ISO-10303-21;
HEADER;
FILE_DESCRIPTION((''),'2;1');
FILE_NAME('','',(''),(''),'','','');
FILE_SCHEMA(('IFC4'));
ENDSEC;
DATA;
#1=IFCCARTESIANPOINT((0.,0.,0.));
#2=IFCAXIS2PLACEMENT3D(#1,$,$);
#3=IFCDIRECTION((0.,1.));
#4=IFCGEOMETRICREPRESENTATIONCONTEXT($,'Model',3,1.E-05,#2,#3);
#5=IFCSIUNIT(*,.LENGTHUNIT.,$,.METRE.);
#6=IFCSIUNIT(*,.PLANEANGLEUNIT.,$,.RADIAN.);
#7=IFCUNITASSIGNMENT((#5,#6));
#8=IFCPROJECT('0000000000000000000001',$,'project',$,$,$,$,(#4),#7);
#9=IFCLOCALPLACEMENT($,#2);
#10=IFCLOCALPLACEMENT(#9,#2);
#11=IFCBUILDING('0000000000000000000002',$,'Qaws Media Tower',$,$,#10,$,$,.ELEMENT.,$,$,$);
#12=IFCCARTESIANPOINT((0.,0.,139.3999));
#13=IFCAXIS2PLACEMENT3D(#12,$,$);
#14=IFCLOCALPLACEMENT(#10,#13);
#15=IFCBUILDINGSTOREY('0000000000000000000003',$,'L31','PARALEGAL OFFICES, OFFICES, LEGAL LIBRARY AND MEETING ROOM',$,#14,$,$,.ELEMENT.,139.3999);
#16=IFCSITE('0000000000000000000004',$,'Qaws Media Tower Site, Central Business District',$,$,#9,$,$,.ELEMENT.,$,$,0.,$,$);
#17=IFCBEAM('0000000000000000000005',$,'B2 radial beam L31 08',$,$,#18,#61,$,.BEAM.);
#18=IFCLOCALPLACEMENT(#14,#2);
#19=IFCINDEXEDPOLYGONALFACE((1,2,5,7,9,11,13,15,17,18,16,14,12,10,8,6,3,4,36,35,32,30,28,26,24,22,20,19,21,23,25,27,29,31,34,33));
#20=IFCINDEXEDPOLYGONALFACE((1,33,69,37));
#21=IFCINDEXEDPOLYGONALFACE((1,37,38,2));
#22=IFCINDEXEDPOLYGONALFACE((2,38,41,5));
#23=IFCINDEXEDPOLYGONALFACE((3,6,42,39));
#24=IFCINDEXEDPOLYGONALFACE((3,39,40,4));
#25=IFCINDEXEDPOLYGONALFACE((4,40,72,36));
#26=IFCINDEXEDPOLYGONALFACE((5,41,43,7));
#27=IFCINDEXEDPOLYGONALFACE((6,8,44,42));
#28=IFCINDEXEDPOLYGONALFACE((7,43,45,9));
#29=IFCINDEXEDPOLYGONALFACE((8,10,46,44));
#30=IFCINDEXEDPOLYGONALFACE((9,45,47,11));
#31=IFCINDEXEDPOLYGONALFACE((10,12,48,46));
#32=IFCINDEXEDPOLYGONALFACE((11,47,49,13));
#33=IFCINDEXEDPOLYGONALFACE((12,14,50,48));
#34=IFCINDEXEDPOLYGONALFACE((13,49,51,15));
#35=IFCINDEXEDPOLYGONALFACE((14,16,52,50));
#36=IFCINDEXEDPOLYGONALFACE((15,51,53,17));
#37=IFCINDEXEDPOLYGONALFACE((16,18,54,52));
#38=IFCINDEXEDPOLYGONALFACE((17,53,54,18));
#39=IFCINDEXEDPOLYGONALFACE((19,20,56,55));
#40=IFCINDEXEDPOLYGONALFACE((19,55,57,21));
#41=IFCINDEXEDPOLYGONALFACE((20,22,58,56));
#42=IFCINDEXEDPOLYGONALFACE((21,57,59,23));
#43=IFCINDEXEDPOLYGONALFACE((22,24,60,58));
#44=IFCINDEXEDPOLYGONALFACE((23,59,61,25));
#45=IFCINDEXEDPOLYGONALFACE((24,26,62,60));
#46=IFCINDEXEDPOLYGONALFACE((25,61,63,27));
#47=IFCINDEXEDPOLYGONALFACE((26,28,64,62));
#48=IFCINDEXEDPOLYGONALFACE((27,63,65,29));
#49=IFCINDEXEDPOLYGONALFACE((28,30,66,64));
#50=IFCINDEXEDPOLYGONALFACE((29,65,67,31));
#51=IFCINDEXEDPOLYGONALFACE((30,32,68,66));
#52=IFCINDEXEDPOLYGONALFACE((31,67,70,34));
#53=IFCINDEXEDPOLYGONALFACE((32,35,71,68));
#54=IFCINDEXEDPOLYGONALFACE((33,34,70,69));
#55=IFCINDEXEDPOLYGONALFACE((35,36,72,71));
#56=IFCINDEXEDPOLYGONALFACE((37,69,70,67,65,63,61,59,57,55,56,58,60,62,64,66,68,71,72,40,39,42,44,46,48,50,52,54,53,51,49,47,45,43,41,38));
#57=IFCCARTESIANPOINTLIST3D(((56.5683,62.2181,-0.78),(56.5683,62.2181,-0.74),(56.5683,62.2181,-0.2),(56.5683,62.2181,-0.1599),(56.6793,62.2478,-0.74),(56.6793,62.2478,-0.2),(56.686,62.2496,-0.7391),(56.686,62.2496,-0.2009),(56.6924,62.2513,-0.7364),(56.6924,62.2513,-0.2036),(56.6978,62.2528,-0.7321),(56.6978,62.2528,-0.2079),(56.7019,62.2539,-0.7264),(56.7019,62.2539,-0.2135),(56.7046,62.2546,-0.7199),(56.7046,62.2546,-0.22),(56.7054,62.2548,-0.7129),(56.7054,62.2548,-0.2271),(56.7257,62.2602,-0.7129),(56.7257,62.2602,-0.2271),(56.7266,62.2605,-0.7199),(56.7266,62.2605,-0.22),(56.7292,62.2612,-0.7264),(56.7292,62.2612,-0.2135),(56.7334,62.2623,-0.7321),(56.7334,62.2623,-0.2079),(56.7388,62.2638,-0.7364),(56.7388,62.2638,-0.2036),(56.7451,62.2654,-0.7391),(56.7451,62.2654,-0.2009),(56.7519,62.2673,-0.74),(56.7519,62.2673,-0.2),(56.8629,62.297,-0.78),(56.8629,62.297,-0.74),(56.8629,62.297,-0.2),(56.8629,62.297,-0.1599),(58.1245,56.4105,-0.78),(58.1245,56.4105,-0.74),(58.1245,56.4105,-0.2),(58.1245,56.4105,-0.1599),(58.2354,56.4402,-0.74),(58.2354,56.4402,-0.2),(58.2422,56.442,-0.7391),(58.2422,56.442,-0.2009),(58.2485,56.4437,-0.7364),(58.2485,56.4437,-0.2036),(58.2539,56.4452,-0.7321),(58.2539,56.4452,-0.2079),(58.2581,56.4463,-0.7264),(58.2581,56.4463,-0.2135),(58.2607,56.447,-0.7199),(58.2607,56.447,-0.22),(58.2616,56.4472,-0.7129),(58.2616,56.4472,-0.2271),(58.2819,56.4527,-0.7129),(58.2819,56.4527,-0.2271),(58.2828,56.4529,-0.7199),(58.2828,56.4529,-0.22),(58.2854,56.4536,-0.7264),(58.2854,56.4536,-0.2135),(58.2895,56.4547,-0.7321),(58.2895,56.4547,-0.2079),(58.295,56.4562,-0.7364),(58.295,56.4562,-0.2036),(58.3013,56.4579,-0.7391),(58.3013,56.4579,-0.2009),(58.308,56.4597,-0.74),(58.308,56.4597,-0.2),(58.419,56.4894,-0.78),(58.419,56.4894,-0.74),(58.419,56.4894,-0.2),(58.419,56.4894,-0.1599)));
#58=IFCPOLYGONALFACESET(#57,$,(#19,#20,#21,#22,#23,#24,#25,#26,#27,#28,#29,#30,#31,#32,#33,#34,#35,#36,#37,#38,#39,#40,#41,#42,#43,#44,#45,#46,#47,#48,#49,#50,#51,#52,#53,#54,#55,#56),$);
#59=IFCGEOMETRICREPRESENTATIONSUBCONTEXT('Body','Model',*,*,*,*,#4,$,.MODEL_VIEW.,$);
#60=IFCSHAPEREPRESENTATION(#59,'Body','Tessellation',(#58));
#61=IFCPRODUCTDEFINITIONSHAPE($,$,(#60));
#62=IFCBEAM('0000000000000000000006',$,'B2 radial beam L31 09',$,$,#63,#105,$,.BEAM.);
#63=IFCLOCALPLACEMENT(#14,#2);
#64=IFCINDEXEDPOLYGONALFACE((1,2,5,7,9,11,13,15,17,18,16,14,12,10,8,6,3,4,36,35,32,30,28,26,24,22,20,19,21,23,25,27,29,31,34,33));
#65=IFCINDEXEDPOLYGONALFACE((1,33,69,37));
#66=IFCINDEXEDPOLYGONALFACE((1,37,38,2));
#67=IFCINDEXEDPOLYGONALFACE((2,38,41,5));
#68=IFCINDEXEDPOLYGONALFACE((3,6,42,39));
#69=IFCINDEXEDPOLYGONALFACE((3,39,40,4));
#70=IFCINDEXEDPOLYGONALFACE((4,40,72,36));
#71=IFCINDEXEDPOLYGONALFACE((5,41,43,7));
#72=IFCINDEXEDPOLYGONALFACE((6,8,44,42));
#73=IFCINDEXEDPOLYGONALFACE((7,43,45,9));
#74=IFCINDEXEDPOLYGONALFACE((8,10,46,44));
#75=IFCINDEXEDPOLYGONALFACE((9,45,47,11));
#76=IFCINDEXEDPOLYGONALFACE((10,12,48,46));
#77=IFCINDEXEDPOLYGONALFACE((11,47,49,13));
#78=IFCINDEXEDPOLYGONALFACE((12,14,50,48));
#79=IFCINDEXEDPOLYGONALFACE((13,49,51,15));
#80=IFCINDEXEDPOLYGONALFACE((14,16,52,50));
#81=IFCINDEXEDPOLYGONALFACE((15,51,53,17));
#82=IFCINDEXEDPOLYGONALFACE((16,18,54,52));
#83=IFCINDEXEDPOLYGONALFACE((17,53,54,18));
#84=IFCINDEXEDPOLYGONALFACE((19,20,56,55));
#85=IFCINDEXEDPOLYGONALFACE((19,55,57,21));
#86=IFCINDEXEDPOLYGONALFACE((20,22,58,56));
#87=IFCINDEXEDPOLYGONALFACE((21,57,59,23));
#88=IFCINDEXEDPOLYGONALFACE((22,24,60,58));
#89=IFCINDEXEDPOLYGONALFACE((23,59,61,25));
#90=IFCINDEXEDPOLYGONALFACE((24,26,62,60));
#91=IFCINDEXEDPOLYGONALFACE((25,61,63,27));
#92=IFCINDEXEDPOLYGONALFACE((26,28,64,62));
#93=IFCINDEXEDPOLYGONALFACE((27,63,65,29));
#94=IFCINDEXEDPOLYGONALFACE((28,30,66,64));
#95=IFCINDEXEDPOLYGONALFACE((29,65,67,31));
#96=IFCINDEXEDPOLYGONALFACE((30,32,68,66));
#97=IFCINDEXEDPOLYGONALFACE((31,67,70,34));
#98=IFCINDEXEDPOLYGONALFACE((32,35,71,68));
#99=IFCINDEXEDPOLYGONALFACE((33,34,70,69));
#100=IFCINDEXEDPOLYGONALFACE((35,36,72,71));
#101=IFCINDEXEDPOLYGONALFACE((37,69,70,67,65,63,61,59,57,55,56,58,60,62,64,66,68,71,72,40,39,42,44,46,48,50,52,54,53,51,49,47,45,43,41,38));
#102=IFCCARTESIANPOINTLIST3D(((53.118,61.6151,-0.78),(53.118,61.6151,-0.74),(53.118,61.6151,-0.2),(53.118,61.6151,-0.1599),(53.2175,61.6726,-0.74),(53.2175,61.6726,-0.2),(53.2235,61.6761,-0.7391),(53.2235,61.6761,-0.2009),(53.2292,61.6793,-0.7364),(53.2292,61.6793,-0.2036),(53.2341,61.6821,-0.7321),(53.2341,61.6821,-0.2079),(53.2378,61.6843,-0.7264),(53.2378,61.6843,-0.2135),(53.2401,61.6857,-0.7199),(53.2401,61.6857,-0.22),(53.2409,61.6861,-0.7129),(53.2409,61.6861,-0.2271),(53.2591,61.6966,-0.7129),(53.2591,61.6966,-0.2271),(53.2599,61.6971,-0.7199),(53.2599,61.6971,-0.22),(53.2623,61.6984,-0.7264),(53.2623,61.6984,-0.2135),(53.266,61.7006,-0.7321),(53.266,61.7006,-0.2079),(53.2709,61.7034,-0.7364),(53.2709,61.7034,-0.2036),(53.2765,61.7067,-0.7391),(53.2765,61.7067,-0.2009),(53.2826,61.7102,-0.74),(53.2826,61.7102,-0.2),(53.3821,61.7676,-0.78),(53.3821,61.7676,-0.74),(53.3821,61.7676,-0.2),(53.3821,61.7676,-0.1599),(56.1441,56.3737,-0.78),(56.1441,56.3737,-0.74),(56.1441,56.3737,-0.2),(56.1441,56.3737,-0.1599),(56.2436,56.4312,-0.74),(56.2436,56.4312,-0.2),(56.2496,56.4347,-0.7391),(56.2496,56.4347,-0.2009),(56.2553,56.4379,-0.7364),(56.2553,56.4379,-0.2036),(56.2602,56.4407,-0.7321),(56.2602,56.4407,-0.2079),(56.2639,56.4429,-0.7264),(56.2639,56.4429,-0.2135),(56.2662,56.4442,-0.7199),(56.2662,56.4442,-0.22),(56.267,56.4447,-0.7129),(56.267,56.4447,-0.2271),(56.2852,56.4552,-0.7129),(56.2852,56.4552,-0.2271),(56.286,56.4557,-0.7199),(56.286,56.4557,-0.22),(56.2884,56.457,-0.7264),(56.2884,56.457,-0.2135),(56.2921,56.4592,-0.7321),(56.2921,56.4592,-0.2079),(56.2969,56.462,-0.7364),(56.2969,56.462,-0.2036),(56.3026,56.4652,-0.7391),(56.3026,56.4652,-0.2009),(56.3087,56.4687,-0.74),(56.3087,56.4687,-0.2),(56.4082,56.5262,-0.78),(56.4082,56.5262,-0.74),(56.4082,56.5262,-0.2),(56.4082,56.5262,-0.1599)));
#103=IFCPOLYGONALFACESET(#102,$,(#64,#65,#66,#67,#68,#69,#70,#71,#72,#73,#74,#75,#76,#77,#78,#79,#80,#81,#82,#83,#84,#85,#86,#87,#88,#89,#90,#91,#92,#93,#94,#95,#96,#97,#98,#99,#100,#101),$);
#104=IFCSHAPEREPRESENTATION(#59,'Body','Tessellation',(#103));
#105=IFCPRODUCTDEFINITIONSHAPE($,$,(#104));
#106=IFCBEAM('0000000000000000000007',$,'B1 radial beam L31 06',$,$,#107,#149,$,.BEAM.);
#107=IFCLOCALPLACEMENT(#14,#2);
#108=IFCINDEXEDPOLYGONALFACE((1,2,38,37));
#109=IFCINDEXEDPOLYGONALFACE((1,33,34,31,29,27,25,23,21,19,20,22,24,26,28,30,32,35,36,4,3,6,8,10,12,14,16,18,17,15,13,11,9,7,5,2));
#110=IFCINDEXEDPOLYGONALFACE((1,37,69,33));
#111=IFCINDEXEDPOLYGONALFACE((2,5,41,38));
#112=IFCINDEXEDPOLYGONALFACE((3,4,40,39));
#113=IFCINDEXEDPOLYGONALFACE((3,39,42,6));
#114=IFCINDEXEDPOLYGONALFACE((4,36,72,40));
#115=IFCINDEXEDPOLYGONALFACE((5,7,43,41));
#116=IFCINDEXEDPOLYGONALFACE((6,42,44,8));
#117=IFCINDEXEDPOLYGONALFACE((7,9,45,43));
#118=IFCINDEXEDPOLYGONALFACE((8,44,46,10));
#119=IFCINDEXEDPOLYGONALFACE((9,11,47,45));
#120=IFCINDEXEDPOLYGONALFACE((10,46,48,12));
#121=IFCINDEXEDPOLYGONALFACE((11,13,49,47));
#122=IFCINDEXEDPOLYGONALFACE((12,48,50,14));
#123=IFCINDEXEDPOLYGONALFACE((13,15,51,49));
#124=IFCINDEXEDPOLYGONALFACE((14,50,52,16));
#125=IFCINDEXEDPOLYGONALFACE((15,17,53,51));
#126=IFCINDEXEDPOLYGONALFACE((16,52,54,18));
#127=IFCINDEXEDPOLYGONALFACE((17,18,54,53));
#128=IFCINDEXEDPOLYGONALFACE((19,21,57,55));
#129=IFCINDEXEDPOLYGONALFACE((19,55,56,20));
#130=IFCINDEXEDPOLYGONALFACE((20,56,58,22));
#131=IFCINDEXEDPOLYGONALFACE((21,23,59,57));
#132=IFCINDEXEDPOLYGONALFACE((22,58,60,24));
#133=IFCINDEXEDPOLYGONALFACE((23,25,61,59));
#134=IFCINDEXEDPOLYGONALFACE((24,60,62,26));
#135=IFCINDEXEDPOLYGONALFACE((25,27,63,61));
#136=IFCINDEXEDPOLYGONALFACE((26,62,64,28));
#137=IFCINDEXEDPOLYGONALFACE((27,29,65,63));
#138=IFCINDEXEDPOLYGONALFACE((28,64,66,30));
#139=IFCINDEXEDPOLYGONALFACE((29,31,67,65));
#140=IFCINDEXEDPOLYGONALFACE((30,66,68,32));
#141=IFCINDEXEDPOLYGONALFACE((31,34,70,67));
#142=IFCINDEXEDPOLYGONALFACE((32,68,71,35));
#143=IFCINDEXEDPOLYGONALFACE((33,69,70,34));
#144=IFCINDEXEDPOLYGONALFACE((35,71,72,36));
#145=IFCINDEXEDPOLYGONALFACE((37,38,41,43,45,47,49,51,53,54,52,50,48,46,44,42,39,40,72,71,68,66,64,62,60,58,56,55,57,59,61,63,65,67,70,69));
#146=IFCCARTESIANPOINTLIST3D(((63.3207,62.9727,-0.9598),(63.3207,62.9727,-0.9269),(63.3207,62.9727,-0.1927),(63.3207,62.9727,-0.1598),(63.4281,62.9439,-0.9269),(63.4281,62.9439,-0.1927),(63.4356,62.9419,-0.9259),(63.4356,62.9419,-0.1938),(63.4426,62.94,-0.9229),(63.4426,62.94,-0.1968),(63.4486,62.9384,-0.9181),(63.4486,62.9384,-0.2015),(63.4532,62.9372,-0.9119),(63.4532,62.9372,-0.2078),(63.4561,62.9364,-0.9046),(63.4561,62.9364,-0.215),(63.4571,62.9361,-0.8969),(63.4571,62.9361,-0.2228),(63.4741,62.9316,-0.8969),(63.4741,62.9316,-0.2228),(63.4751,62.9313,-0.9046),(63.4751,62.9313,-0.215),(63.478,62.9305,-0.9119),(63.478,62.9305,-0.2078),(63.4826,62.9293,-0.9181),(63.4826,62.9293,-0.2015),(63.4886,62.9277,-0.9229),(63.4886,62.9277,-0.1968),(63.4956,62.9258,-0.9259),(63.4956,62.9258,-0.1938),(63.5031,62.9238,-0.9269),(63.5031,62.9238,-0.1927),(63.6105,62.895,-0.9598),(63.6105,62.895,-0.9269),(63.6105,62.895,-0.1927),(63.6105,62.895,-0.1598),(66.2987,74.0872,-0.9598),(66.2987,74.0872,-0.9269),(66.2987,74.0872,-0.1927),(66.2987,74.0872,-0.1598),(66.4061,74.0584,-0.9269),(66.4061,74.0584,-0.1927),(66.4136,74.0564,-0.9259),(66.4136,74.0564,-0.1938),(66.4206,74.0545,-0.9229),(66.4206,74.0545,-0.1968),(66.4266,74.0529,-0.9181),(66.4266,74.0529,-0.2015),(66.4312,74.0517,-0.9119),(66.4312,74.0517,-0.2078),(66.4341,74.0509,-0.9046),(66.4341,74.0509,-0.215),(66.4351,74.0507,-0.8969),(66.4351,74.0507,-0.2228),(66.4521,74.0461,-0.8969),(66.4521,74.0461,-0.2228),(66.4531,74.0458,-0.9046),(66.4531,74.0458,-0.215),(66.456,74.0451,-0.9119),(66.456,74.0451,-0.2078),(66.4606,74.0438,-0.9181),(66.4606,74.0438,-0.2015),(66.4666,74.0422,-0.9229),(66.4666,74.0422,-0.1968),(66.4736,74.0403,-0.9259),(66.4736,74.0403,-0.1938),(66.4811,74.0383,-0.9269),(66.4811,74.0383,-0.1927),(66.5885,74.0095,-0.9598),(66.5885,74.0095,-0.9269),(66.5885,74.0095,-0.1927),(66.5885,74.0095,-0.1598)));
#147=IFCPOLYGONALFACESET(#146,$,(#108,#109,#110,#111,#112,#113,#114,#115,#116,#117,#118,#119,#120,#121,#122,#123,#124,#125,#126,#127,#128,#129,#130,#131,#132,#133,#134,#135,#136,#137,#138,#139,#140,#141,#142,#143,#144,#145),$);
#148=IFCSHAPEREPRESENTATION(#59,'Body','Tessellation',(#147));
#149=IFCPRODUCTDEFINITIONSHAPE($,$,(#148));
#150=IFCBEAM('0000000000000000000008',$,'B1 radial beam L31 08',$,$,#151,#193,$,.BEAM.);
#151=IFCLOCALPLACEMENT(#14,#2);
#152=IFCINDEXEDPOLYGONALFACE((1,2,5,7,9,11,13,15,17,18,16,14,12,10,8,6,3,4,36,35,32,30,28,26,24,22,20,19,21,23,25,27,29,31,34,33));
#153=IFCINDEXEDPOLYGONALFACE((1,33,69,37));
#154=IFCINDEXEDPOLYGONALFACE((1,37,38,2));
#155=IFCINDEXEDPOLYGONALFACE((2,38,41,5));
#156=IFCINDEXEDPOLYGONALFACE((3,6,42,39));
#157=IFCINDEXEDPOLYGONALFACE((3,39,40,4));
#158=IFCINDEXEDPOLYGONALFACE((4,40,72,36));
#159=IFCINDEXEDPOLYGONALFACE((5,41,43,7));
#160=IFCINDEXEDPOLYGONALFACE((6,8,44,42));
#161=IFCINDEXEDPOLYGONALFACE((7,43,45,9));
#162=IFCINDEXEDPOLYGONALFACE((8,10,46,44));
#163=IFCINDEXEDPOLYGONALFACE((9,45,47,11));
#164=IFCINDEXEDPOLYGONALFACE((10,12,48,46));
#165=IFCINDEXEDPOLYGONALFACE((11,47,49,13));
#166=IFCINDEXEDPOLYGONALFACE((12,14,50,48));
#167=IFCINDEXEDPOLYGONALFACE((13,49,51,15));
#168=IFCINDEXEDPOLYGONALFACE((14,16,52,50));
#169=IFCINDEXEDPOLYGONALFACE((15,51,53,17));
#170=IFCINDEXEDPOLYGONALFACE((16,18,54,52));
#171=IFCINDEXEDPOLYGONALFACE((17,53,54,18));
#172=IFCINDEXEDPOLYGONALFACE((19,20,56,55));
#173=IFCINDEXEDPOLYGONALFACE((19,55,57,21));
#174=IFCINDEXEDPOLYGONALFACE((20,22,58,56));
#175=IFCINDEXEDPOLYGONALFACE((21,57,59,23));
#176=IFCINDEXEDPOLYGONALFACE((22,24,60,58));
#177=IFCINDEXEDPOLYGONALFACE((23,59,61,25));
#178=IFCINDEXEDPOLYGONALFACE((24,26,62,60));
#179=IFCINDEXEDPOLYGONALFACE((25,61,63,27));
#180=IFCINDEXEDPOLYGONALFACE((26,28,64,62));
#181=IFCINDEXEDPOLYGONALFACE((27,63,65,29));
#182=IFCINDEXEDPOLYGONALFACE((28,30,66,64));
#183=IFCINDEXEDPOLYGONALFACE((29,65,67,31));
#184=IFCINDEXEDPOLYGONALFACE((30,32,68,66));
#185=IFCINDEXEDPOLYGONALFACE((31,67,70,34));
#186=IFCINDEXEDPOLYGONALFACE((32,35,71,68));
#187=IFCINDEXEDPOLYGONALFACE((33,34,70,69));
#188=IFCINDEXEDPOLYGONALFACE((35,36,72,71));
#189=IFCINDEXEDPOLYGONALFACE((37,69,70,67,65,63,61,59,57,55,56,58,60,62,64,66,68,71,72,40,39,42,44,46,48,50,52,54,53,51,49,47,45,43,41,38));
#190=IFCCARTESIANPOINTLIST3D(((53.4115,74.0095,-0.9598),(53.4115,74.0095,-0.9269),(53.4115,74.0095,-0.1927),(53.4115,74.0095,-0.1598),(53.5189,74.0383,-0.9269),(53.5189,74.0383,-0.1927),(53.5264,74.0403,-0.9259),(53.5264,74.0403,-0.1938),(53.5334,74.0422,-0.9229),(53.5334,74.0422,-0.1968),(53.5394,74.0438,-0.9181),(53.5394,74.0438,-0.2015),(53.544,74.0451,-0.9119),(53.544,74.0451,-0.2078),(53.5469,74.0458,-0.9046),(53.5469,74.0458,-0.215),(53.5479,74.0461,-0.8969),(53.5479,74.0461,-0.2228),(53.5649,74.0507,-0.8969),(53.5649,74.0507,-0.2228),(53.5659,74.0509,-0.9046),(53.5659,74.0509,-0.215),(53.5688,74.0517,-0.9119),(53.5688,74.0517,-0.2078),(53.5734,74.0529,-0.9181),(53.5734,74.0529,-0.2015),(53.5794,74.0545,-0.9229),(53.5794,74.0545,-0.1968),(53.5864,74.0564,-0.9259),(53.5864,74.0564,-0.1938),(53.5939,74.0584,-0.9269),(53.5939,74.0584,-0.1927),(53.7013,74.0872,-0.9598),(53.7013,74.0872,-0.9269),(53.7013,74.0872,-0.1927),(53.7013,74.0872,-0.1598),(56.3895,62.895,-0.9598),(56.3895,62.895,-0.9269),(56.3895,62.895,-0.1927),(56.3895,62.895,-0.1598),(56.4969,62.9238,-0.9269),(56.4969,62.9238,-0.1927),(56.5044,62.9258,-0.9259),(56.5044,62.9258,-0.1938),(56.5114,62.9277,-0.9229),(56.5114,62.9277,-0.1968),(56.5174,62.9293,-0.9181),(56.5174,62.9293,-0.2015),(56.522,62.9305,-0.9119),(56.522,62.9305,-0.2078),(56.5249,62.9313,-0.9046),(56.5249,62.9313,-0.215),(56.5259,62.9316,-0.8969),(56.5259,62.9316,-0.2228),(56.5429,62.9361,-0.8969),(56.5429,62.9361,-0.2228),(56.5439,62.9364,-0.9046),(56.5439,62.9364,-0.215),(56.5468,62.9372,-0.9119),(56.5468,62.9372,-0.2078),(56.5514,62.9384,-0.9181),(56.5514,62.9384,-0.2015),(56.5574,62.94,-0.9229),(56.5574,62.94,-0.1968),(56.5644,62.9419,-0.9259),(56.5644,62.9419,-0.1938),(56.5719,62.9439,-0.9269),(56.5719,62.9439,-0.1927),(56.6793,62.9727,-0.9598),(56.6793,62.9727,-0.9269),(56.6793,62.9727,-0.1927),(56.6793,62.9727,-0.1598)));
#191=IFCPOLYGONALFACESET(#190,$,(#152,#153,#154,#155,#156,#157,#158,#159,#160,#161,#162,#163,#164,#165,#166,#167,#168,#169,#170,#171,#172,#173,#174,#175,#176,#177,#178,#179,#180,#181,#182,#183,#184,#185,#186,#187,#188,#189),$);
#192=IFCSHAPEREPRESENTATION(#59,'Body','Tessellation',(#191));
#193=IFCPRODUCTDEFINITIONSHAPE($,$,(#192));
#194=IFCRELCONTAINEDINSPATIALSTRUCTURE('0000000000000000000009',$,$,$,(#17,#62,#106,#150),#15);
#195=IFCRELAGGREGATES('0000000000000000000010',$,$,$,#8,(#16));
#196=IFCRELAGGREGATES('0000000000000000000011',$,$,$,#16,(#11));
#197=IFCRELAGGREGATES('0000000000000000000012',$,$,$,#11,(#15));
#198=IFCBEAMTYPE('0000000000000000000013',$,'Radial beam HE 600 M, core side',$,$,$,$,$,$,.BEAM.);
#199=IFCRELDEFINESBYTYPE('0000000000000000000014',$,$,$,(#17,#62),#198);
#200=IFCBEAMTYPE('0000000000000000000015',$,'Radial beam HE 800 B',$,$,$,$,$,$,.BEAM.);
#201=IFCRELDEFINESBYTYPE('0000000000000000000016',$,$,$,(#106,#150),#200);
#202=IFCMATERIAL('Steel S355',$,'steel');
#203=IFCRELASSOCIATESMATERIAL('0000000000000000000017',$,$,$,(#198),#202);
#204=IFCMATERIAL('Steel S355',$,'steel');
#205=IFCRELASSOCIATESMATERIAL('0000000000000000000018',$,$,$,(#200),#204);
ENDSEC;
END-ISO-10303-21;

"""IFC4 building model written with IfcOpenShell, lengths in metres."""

from ifc_helpers import new_model, si_unit, direction, frame, origin, origin_2d, place, context, subcontext, project, spatial, i_section, extrude, material, material_profile, profile_set, type_object, element, save


model = new_model("IFC4")

# Units and contexts
model_context = context("Model", 3, precision=1e-05, world=origin(), true_north=direction((0.0, 1.0)))
body_context = subcontext(model_context, "Body", "Model", "MODEL_VIEW")
ifc_project = project(units=[si_unit("LENGTHUNIT", "METRE"), si_unit("PLANEANGLEUNIT", "RADIAN")], contexts=[model_context])

# Site, building, storey
site_placement = place(None, origin())
site = spatial("IfcSite", under=ifc_project, at=site_placement, Name="Qaws Media Tower Site, Central Business District", CompositionType="ELEMENT", RefElevation=0.0)
building_placement = place(site_placement, origin())
building = spatial("IfcBuilding", under=site, at=building_placement, Name="Qaws Media Tower", CompositionType="ELEMENT")
storey_placement = place(building_placement, frame((0.0, 0.0, 139.3999)))
storey = spatial("IfcBuildingStorey", under=building, at=storey_placement, Name="L31", Description="PARALEGAL OFFICES, OFFICES, LEGAL LIBRARY AND MEETING ROOM", CompositionType="ELEMENT", Elevation=139.3999)

# Beams
ifc_material_1 = material(Name="Steel S355", Category="steel")
ifc_material_profile_1 = material_profile(ifc_material_1, i_section(OverallWidth=0.3049, OverallDepth=0.6201, WebThickness=0.021, FlangeThickness=0.04, FilletRadius=0.0271, at=origin_2d()), Name="HE 600 M")
ifc_profile_set_1 = profile_set([ifc_material_profile_1], Name="Steel S355")
beam_type_1 = type_object("IfcBeamType", Name="Radial beam HE 600 M, core side", PredefinedType="BEAM", material=ifc_profile_set_1)
beam_1_placement = place(storey_placement, frame((58.2717, 56.45, -0.47), z_axis=(-0.25882, 0.965926, 0.0), x_axis=(-0.965926, -0.25882, 0.0)))
element("IfcBeam", 1, at=beam_1_placement, inside=storey, type_object=beam_type_1, Name="B2 radial beam L31 08", PredefinedType="BEAM", context=body_context, shape_type="SweptSolid", body=[
    extrude(i_section(OverallWidth=0.3049, OverallDepth=0.6201, WebThickness=0.021, FlangeThickness=0.04, FilletRadius=0.0271, at=origin_2d()), origin(), (0.0, 0.0, 1.0), 6.0125),
])
beam_2_placement = place(storey_placement, frame((56.2761, 56.45, -0.47), z_axis=(-0.499996, 0.866028, 0.0), x_axis=(-0.866028, -0.499996, 0.0)))
element("IfcBeam", 2, at=beam_2_placement, inside=storey, type_object=beam_type_1, Name="B2 radial beam L31 09", PredefinedType="BEAM", context=body_context, shape_type="SweptSolid", body=[
    extrude(i_section(OverallWidth=0.3049, OverallDepth=0.6201, WebThickness=0.021, FlangeThickness=0.04, FilletRadius=0.0271, at=origin_2d()), origin(), (0.0, 0.0, 1.0), 6.0522),
])
ifc_material_2 = material(Name="Steel S355", Category="steel")
ifc_material_profile_2 = material_profile(ifc_material_2, i_section(OverallWidth=0.3, OverallDepth=0.8, WebThickness=0.0176, FlangeThickness=0.033, FilletRadius=0.03, at=origin_2d()), Name="HE 800 B")
ifc_profile_set_2 = profile_set([ifc_material_profile_2], Name="Steel S355")
beam_type_2 = type_object("IfcBeamType", Name="Radial beam HE 800 B", PredefinedType="BEAM", material=ifc_profile_set_2)
for number, where, z_axis, x_axis, name in (
    (3, (63.4656, 62.9338, -0.5598), (0.258811, 0.965928, 0.0), (-0.965928, 0.258811, 0.0), "B1 radial beam L31 06"),
    (4, (56.5344, 62.9338, -0.5598), (-0.258811, 0.965928, 0.0), (-0.965928, -0.258811, 0.0), "B1 radial beam L31 08"),
):
    element("IfcBeam", number, at=place(storey_placement, frame(where, z_axis=z_axis, x_axis=x_axis)), inside=storey, type_object=beam_type_2, Name=name, PredefinedType="BEAM", context=body_context, shape_type="SweptSolid", body=[
        extrude(i_section(OverallWidth=0.3, OverallDepth=0.8, WebThickness=0.0176, FlangeThickness=0.033, FilletRadius=0.03, at=origin_2d()), origin(), (0.0, 0.0, 1.0), 11.5066),
    ])

save(model, "model.ifc")
